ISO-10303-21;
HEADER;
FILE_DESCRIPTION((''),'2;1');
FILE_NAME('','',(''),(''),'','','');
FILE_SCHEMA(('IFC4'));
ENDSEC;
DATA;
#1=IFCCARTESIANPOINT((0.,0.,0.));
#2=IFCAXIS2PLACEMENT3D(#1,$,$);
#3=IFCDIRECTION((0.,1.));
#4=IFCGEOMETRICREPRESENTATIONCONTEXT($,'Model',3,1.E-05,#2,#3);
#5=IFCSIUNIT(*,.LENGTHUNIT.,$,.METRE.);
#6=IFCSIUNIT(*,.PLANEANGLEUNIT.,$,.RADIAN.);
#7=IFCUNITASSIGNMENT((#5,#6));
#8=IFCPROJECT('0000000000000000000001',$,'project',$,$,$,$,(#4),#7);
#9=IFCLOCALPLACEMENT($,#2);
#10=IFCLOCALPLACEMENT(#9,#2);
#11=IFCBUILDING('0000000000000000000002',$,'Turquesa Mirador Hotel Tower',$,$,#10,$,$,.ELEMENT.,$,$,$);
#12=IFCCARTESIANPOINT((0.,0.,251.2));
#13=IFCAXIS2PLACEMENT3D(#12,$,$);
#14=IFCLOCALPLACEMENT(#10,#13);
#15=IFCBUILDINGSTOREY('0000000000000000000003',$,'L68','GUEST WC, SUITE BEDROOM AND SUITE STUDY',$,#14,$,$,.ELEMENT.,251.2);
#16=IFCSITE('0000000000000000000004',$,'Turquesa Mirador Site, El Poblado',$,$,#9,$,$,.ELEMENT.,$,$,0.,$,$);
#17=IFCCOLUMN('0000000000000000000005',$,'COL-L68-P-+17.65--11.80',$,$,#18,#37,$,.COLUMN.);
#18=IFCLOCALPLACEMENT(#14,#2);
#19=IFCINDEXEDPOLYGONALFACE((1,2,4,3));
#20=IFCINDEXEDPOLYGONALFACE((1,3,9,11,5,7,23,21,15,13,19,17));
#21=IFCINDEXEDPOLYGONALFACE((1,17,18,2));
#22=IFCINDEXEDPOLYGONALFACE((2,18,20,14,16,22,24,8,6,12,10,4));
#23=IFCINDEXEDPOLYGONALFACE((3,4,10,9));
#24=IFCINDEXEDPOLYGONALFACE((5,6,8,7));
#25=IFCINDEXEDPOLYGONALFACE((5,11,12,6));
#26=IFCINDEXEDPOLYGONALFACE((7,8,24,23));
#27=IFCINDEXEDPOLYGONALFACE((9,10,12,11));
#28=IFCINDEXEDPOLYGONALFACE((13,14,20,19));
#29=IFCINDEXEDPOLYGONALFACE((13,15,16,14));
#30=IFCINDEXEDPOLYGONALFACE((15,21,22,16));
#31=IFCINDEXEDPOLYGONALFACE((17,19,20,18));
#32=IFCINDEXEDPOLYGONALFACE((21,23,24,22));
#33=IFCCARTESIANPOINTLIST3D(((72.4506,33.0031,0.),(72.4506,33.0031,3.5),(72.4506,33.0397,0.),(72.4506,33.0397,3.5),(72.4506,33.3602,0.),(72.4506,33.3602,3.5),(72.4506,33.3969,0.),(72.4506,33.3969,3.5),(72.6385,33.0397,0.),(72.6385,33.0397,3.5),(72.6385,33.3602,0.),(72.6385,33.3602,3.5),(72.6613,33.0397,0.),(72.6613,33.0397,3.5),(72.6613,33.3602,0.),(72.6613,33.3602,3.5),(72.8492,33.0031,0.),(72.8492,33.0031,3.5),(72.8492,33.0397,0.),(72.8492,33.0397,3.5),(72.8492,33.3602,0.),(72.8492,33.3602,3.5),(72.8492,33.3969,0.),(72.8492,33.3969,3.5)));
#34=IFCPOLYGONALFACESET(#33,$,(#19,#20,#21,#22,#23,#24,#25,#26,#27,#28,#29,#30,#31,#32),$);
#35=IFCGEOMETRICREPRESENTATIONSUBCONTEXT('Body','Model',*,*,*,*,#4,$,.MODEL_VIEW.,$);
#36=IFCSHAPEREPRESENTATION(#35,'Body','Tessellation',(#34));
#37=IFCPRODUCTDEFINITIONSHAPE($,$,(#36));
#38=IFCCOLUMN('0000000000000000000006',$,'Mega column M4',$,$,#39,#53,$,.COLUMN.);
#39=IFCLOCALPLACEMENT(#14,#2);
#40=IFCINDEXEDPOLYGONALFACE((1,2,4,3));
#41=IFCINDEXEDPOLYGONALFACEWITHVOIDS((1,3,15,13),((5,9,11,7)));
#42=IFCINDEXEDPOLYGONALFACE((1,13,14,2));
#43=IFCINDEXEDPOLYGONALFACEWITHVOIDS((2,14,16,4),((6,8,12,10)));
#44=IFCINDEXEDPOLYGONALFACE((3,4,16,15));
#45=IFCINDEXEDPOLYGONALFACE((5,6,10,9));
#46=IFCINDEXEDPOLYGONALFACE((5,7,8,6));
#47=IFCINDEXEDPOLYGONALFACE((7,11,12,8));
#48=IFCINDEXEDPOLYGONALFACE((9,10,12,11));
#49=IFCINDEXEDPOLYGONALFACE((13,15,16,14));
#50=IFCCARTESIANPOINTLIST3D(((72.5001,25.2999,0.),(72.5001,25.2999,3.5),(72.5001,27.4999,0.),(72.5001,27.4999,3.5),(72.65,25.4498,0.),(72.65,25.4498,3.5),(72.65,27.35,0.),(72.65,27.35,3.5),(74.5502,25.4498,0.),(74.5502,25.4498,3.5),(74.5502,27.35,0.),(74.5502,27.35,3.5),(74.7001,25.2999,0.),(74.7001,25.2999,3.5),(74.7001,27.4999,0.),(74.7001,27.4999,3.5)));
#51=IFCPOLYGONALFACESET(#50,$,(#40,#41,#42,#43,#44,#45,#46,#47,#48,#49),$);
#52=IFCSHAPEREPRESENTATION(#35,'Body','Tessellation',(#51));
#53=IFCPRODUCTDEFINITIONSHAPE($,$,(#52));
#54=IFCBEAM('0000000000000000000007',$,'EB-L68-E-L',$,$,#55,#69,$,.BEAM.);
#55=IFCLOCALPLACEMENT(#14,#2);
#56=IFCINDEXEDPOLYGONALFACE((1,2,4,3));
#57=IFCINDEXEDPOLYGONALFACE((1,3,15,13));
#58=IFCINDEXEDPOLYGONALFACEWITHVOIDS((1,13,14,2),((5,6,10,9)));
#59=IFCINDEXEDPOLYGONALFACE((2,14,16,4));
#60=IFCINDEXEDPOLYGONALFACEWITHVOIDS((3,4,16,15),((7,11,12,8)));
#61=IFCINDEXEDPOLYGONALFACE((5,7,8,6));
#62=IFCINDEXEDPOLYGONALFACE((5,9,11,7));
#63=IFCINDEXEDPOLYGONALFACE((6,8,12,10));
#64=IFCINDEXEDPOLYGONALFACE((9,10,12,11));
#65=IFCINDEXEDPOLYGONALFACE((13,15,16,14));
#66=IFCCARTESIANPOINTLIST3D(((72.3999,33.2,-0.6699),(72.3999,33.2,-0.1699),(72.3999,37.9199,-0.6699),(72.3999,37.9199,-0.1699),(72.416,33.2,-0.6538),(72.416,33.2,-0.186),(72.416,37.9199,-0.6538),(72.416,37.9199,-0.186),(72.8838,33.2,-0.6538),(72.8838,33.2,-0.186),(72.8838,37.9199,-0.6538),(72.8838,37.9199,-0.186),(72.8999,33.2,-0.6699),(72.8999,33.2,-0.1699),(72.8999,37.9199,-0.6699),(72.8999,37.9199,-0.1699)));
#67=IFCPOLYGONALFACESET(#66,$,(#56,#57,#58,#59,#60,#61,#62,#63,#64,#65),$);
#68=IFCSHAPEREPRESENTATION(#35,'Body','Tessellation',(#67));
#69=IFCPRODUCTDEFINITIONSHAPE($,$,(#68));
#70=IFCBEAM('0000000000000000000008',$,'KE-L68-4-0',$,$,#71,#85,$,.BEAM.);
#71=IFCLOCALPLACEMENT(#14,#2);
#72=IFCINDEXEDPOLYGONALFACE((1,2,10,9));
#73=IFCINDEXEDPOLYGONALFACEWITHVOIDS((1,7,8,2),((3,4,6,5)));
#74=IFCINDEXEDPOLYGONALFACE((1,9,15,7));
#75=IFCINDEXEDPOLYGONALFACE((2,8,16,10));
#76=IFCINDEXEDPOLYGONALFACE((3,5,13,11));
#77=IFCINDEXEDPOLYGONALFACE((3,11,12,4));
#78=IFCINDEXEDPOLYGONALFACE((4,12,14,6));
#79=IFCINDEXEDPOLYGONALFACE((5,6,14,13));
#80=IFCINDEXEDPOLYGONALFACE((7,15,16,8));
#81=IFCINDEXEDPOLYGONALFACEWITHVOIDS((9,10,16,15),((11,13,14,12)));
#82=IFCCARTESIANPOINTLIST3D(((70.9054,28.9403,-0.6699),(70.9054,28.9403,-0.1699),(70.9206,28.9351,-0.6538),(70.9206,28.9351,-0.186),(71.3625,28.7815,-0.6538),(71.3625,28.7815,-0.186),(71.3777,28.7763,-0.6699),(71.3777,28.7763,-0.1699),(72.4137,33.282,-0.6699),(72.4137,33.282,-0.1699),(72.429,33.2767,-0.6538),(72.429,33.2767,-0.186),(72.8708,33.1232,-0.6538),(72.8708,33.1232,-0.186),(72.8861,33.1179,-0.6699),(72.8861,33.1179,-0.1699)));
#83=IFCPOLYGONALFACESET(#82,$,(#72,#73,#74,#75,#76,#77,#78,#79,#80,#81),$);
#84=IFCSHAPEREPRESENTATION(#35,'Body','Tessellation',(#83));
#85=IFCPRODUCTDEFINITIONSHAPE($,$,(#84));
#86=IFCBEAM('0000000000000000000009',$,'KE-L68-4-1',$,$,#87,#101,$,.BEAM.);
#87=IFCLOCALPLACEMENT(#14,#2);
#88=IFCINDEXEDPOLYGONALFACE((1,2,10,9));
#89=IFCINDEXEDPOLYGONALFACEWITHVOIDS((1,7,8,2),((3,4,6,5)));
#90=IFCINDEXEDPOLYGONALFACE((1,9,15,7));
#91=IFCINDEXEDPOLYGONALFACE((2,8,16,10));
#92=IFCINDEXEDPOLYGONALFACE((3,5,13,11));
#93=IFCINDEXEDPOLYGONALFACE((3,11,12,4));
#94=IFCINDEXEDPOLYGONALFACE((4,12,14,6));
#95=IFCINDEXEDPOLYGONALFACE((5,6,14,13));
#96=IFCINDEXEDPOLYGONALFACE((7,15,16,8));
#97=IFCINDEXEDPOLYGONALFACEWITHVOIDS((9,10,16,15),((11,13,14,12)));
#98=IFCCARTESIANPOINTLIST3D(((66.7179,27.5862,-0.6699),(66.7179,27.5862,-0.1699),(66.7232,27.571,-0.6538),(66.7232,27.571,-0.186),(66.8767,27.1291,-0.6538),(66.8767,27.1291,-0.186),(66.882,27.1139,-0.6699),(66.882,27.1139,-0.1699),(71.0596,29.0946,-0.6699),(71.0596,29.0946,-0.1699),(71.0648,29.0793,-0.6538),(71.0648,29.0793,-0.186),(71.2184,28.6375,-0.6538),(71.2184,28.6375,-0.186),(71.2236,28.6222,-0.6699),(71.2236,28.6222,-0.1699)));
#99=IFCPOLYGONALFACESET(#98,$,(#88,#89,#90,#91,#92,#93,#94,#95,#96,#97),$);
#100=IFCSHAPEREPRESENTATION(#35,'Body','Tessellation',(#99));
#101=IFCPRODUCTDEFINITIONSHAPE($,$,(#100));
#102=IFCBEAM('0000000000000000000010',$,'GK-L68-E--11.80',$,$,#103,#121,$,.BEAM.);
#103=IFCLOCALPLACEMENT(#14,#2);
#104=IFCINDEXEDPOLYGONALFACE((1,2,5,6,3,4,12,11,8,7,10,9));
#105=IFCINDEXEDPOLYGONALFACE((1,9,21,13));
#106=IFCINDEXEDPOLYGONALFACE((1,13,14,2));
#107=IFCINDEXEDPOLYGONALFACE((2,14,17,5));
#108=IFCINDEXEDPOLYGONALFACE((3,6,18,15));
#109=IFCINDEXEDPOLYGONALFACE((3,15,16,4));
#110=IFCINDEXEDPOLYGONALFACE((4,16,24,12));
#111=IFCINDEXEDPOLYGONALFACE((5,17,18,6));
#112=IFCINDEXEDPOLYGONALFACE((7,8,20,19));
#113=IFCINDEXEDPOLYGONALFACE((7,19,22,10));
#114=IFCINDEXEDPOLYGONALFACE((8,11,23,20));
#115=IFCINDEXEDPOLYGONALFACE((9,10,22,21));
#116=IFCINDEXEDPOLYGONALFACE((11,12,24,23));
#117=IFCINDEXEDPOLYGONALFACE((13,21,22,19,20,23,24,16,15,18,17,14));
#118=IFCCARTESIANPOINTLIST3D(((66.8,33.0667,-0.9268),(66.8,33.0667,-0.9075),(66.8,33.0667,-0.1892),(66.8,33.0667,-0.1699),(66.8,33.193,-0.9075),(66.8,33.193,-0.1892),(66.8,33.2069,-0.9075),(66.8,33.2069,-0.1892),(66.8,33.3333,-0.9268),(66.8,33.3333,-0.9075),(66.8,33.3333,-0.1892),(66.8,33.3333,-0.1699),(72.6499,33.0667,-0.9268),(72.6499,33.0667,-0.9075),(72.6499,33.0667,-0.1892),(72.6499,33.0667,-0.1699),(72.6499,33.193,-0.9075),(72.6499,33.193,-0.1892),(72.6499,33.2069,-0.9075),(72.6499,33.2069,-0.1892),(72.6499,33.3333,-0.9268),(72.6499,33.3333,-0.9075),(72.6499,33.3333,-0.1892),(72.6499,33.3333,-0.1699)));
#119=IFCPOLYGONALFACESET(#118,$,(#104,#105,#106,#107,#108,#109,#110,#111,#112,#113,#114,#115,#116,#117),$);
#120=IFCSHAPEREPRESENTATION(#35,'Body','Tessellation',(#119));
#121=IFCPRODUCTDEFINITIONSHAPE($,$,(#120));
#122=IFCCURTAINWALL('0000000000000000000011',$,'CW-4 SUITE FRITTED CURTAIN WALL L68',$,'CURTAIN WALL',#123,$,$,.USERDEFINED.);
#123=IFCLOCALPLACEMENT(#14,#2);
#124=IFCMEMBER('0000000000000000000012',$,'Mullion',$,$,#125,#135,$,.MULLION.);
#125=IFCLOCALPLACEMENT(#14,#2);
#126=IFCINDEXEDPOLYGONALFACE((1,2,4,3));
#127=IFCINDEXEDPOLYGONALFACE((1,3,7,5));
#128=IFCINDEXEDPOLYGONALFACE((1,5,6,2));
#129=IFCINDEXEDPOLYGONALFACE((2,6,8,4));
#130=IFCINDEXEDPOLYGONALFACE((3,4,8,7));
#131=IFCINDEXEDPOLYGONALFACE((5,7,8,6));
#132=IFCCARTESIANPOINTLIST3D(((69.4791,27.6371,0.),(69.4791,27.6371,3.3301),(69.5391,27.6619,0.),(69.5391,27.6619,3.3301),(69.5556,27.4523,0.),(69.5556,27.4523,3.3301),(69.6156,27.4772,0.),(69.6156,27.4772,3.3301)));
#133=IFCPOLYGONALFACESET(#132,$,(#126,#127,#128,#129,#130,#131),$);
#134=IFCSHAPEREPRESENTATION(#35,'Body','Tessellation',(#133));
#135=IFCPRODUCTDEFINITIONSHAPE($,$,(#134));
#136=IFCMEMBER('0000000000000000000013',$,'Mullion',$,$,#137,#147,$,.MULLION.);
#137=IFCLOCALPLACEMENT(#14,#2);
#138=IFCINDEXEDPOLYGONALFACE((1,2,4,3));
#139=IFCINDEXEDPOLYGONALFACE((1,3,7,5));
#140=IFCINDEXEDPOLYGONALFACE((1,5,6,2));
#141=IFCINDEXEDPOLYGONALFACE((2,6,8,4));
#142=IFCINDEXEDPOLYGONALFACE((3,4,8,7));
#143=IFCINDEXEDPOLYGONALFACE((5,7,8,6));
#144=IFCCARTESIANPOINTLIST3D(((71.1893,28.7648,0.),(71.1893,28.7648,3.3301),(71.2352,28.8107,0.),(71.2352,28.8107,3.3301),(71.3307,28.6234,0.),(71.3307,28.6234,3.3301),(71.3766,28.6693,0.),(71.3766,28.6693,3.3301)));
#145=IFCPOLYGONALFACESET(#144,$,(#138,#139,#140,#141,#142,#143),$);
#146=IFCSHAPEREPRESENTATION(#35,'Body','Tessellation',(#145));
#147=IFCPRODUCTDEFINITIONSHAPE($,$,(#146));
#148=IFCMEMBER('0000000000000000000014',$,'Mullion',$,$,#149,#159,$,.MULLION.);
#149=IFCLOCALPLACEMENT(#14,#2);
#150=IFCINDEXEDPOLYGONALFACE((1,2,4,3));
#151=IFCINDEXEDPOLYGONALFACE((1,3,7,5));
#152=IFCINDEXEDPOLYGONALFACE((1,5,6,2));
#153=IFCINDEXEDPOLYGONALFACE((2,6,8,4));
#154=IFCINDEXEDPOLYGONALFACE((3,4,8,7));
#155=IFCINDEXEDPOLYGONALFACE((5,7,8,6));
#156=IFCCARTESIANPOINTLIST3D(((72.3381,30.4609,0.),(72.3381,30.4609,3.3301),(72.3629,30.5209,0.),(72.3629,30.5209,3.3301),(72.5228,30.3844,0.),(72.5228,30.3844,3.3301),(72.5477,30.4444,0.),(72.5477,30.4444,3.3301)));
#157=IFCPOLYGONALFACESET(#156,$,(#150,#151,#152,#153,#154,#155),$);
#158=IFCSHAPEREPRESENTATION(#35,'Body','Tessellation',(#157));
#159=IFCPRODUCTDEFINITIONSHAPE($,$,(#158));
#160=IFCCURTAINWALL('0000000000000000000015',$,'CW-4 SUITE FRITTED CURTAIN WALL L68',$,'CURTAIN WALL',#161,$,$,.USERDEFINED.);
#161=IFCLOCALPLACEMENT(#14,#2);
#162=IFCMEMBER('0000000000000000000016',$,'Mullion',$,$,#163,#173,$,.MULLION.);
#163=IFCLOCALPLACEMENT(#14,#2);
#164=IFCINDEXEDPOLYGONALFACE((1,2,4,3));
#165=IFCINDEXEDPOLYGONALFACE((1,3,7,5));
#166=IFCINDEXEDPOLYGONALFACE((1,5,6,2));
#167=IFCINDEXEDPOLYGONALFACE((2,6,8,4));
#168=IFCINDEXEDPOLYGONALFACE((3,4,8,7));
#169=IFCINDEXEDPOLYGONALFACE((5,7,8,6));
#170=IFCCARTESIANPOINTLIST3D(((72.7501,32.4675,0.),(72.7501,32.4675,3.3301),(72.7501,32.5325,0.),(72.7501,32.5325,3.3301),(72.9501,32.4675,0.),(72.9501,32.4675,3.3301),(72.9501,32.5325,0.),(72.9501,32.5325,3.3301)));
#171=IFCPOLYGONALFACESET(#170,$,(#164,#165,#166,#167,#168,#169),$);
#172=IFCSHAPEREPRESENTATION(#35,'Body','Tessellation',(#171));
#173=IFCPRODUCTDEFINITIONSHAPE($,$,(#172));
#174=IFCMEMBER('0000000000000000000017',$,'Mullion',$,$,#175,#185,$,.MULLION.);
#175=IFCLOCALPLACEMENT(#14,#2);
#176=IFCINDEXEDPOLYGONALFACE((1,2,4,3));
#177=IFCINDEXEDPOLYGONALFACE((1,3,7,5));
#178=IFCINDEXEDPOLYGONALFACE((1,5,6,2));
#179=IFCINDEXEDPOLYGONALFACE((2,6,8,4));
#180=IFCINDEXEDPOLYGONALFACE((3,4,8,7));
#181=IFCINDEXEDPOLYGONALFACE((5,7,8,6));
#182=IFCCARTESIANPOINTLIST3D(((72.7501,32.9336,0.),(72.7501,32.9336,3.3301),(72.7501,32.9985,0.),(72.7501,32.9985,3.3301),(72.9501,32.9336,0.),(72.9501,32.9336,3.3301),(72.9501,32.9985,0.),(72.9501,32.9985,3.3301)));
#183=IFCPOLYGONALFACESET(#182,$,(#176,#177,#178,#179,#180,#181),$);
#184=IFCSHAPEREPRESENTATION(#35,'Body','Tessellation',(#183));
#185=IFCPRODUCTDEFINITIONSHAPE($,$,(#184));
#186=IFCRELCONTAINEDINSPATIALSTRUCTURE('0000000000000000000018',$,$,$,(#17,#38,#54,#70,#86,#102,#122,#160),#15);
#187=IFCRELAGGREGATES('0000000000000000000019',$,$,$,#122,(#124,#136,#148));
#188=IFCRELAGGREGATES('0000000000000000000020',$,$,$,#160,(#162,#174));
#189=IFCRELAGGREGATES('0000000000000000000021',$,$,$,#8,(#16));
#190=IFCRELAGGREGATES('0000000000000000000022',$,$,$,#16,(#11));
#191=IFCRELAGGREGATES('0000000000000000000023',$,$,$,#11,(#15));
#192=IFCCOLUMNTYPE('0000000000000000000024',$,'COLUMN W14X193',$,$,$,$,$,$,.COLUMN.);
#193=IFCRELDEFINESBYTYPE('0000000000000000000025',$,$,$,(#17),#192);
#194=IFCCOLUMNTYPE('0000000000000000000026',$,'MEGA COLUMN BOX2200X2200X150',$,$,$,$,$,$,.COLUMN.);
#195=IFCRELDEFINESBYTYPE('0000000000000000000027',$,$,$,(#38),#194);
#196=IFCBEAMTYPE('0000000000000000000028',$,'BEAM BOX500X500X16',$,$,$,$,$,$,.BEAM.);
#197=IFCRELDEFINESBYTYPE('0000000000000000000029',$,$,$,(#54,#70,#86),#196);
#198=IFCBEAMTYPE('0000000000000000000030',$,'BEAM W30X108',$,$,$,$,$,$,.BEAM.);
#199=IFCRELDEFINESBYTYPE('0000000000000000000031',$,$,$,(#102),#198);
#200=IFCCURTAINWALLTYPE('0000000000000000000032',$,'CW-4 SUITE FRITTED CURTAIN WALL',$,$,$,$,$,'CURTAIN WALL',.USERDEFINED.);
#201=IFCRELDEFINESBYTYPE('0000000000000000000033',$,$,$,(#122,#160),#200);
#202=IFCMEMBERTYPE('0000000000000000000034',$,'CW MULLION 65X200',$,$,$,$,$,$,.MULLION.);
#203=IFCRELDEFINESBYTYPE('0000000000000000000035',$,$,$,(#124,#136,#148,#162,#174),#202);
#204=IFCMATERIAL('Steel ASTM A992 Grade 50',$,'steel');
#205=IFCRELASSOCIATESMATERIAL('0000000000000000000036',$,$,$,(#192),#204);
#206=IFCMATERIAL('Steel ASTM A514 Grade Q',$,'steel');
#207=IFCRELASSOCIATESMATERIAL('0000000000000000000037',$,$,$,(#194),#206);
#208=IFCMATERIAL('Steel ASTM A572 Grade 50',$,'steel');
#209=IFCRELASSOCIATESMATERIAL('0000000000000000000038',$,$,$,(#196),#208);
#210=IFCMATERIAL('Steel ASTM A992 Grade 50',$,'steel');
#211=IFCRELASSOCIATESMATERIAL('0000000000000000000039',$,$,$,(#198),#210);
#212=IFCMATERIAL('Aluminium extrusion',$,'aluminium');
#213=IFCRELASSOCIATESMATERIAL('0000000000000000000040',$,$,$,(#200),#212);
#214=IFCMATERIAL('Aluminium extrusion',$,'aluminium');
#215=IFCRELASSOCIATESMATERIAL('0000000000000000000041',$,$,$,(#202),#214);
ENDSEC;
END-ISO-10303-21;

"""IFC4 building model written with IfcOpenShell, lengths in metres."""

from ifc_helpers import new_model, si_unit, direction, frame, origin, origin_2d, place, context, subcontext, project, spatial, rectangle, hollow_rectangle, i_section, extrude, material, material_profile, profile_set, type_object, element, aggregate, save


model = new_model("IFC4")

# Units and contexts
model_context = context("Model", 3, precision=1e-05, world=origin(), true_north=direction((0.0, 1.0)))
body_context = subcontext(model_context, "Body", "Model", "MODEL_VIEW")
ifc_project = project(units=[si_unit("LENGTHUNIT", "METRE"), si_unit("PLANEANGLEUNIT", "RADIAN")], contexts=[model_context])

# Site, building, storey
site_placement = place(None, origin())
site = spatial("IfcSite", under=ifc_project, at=site_placement, Name="Turquesa Mirador Site, El Poblado", CompositionType="ELEMENT", RefElevation=0.0)
building_placement = place(site_placement, origin())
building = spatial("IfcBuilding", under=site, at=building_placement, Name="Turquesa Mirador Hotel Tower", CompositionType="ELEMENT")
storey_placement = place(building_placement, frame((0.0, 0.0, 251.2)))
storey = spatial("IfcBuildingStorey", under=building, at=storey_placement, Name="L68", Description="GUEST WC, SUITE BEDROOM AND SUITE STUDY", CompositionType="ELEMENT", Elevation=251.2)

# Columns
ifc_material_1 = material(Name="Steel ASTM A992 Grade 50", Category="steel")
ifc_material_profile_1 = material_profile(ifc_material_1, i_section(OverallWidth=0.3987, OverallDepth=0.3938, WebThickness=0.0227, FlangeThickness=0.0366, at=origin_2d()), Name="W14X193")
ifc_profile_set_1 = profile_set([ifc_material_profile_1], Name="Steel ASTM A992 Grade 50")
column_type_1 = type_object("IfcColumnType", Name="COLUMN W14X193", PredefinedType="COLUMN", material=ifc_profile_set_1)
column_1_placement = place(storey_placement, frame((72.6499, 33.2, 0.0), z_axis=(0.0, 0.0, 1.0), x_axis=(1.0, 0.0, 0.0)))
element("IfcColumn", 1, at=column_1_placement, inside=storey, type_object=column_type_1, Name="COL-L68-P-+17.65--11.80", PredefinedType="COLUMN", context=body_context, shape_type="SweptSolid", body=[
    extrude(i_section(OverallWidth=0.3987, OverallDepth=0.3938, WebThickness=0.0227, FlangeThickness=0.0366, at=origin_2d()), origin(), (0.0, 0.0, 1.0), 3.5),
])
ifc_material_2 = material(Name="Steel ASTM A514 Grade Q", Category="steel")
ifc_material_profile_2 = material_profile(ifc_material_2, hollow_rectangle(XDim=2.2, YDim=2.2, WallThickness=0.1499, at=origin_2d()), Name="BOX2200X2200X150")
ifc_profile_set_2 = profile_set([ifc_material_profile_2], Name="Steel ASTM A514 Grade Q")
column_type_2 = type_object("IfcColumnType", Name="MEGA COLUMN BOX2200X2200X150", PredefinedType="COLUMN", material=ifc_profile_set_2)
column_2_placement = place(storey_placement, frame((73.6001, 26.3999, 0.0), z_axis=(0.0, 0.0, 1.0), x_axis=(1.0, 0.0, 0.0)))
element("IfcColumn", 2, at=column_2_placement, inside=storey, type_object=column_type_2, Name="Mega column M4", PredefinedType="COLUMN", context=body_context, shape_type="SweptSolid", body=[
    extrude(hollow_rectangle(XDim=2.2, YDim=2.2, WallThickness=0.1499, at=origin_2d()), origin(), (0.0, 0.0, 1.0), 3.5),
])

# Beams
ifc_material_3 = material(Name="Steel ASTM A572 Grade 50", Category="steel")
ifc_material_profile_3 = material_profile(ifc_material_3, hollow_rectangle(XDim=0.5, YDim=0.5, WallThickness=0.0161, at=origin_2d()), Name="BOX500X500X16")
ifc_profile_set_3 = profile_set([ifc_material_profile_3], Name="Steel ASTM A572 Grade 50")
beam_type_1 = type_object("IfcBeamType", Name="BEAM BOX500X500X16", PredefinedType="BEAM", material=ifc_profile_set_3)
beam_1_placement = place(storey_placement, frame((72.6499, 33.2, -0.4199), z_axis=(0.0, 1.0, 0.0), x_axis=(-1.0, 0.0, 0.0)))
element("IfcBeam", 3, at=beam_1_placement, inside=storey, type_object=beam_type_1, Name="EB-L68-E-L", PredefinedType="BEAM", context=body_context, shape_type="SweptSolid", body=[
    extrude(hollow_rectangle(XDim=0.5, YDim=0.5, WallThickness=0.0161, at=origin_2d()), origin(), (0.0, 0.0, 1.0), 4.72),
])
for number, where, z_axis, x_axis, name in (
    (4, (72.6499, 33.2, -0.4199), (-0.32817, -0.944619, 0.0), (0.944619, -0.32817, 0.0), "KE-L68-4-0"),
    (5, (71.1416, 28.8584, -0.4199), (-0.944619, -0.32817, 0.0), (0.32817, -0.944619, 0.0), "KE-L68-4-1"),
):
    element("IfcBeam", number, at=place(storey_placement, frame(where, z_axis=z_axis, x_axis=x_axis)), inside=storey, type_object=beam_type_1, Name=name, PredefinedType="BEAM", context=body_context, shape_type="SweptSolid", body=[
        extrude(hollow_rectangle(XDim=0.5, YDim=0.5, WallThickness=0.0161, at=origin_2d()), origin(), (0.0, 0.0, 1.0), 4.5962),
    ])
ifc_material_4 = material(Name="Steel ASTM A992 Grade 50", Category="steel")
ifc_material_profile_4 = material_profile(ifc_material_4, i_section(OverallWidth=0.2666, OverallDepth=0.7568, WebThickness=0.0139, FlangeThickness=0.0193, at=origin_2d()), Name="W30X108")
ifc_profile_set_4 = profile_set([ifc_material_profile_4], Name="Steel ASTM A992 Grade 50")
beam_type_2 = type_object("IfcBeamType", Name="BEAM W30X108", PredefinedType="BEAM", material=ifc_profile_set_4)
beam_2_placement = place(storey_placement, frame((72.6499, 33.2, -0.5483), z_axis=(-1.0, 0.0, 0.0), x_axis=(0.0, -1.0, 0.0)))
element("IfcBeam", 6, at=beam_2_placement, inside=storey, type_object=beam_type_2, Name="GK-L68-E--11.80", PredefinedType="BEAM", context=body_context, shape_type="SweptSolid", body=[
    extrude(i_section(OverallWidth=0.2666, OverallDepth=0.7568, WebThickness=0.0139, FlangeThickness=0.0193, at=origin_2d()), origin(), (0.0, 0.0, 1.0), 5.8499),
])

# Curtain walls, members
ifc_material_5 = material(Name="Aluminium extrusion", Category="aluminium")
curtain_wall_type = type_object("IfcCurtainWallType", Name="CW-4 SUITE FRITTED CURTAIN WALL", ElementType="CURTAIN WALL", PredefinedType="USERDEFINED", material=ifc_material_5)
curtain_wall_1_placement = place(storey_placement, origin())
curtain_wall_1 = element("IfcCurtainWall", 7, at=curtain_wall_1_placement, inside=storey, type_object=curtain_wall_type, Name="CW-4 SUITE FRITTED CURTAIN WALL L68", ObjectType="CURTAIN WALL", PredefinedType="USERDEFINED")
ifc_material_6 = material(Name="Aluminium extrusion", Category="aluminium")
ifc_material_profile_5 = material_profile(ifc_material_6, rectangle(XDim=0.0649, YDim=0.2, at=origin_2d()), Name="MULLION 65X200")
ifc_profile_set_5 = profile_set([ifc_material_profile_5], Name="Aluminium extrusion")
member_type_1 = type_object("IfcMemberType", Name="CW MULLION 65X200", PredefinedType="MULLION", material=ifc_profile_set_5)
member_1_placement = place(storey_placement, frame((69.5474, 27.5571, 0.0), z_axis=(0.0, 0.0, 1.0), x_axis=(0.92388, 0.382683, 0.0)))
member_1 = element("IfcMember", 8, at=member_1_placement, type_object=member_type_1, Name="Mullion", PredefinedType="MULLION", context=body_context, shape_type="SweptSolid", body=[
    extrude(rectangle(XDim=0.0649, YDim=0.2, at=origin_2d()), origin(), (0.0, 0.0, 1.0), 3.3301),
])
member_2_placement = place(storey_placement, frame((71.283, 28.717, 0.0), z_axis=(0.0, 0.0, 1.0), x_axis=(0.707107, 0.707107, 0.0)))
member_2 = element("IfcMember", 9, at=member_2_placement, type_object=member_type_1, Name="Mullion", PredefinedType="MULLION", context=body_context, shape_type="SweptSolid", body=[
    extrude(rectangle(XDim=0.0649, YDim=0.2, at=origin_2d()), origin(), (0.0, 0.0, 1.0), 3.3301),
])
member_3_placement = place(storey_placement, frame((72.4429, 30.4526, 0.0), z_axis=(0.0, 0.0, 1.0), x_axis=(0.382683, 0.92388, 0.0)))
member_3 = element("IfcMember", 10, at=member_3_placement, type_object=member_type_1, Name="Mullion", PredefinedType="MULLION", context=body_context, shape_type="SweptSolid", body=[
    extrude(rectangle(XDim=0.0649, YDim=0.2, at=origin_2d()), origin(), (0.0, 0.0, 1.0), 3.3301),
])
curtain_wall_2_placement = place(storey_placement, origin())
curtain_wall_2 = element("IfcCurtainWall", 11, at=curtain_wall_2_placement, inside=storey, type_object=curtain_wall_type, Name="CW-4 SUITE FRITTED CURTAIN WALL L68", ObjectType="CURTAIN WALL", PredefinedType="USERDEFINED")
member_4_placement = place(storey_placement, frame((72.8501, 32.5, 0.0), z_axis=(0.0, 0.0, 1.0), x_axis=(0.0, 1.0, 0.0)))
member_4 = element("IfcMember", 12, at=member_4_placement, type_object=member_type_1, Name="Mullion", PredefinedType="MULLION", context=body_context, shape_type="SweptSolid", body=[
    extrude(rectangle(XDim=0.0649, YDim=0.2, at=origin_2d()), origin(), (0.0, 0.0, 1.0), 3.3301),
])
member_5_placement = place(storey_placement, frame((72.8501, 32.9661, 0.0), z_axis=(0.0, 0.0, 1.0), x_axis=(0.0, 1.0, 0.0)))
member_5 = element("IfcMember", 13, at=member_5_placement, type_object=member_type_1, Name="Mullion", PredefinedType="MULLION", context=body_context, shape_type="SweptSolid", body=[
    extrude(rectangle(XDim=0.0649, YDim=0.2, at=origin_2d()), origin(), (0.0, 0.0, 1.0), 3.3301),
])

aggregate(curtain_wall_1, [member_1, member_2, member_3])
aggregate(curtain_wall_2, [member_4, member_5])

save(model, "model.ifc")
